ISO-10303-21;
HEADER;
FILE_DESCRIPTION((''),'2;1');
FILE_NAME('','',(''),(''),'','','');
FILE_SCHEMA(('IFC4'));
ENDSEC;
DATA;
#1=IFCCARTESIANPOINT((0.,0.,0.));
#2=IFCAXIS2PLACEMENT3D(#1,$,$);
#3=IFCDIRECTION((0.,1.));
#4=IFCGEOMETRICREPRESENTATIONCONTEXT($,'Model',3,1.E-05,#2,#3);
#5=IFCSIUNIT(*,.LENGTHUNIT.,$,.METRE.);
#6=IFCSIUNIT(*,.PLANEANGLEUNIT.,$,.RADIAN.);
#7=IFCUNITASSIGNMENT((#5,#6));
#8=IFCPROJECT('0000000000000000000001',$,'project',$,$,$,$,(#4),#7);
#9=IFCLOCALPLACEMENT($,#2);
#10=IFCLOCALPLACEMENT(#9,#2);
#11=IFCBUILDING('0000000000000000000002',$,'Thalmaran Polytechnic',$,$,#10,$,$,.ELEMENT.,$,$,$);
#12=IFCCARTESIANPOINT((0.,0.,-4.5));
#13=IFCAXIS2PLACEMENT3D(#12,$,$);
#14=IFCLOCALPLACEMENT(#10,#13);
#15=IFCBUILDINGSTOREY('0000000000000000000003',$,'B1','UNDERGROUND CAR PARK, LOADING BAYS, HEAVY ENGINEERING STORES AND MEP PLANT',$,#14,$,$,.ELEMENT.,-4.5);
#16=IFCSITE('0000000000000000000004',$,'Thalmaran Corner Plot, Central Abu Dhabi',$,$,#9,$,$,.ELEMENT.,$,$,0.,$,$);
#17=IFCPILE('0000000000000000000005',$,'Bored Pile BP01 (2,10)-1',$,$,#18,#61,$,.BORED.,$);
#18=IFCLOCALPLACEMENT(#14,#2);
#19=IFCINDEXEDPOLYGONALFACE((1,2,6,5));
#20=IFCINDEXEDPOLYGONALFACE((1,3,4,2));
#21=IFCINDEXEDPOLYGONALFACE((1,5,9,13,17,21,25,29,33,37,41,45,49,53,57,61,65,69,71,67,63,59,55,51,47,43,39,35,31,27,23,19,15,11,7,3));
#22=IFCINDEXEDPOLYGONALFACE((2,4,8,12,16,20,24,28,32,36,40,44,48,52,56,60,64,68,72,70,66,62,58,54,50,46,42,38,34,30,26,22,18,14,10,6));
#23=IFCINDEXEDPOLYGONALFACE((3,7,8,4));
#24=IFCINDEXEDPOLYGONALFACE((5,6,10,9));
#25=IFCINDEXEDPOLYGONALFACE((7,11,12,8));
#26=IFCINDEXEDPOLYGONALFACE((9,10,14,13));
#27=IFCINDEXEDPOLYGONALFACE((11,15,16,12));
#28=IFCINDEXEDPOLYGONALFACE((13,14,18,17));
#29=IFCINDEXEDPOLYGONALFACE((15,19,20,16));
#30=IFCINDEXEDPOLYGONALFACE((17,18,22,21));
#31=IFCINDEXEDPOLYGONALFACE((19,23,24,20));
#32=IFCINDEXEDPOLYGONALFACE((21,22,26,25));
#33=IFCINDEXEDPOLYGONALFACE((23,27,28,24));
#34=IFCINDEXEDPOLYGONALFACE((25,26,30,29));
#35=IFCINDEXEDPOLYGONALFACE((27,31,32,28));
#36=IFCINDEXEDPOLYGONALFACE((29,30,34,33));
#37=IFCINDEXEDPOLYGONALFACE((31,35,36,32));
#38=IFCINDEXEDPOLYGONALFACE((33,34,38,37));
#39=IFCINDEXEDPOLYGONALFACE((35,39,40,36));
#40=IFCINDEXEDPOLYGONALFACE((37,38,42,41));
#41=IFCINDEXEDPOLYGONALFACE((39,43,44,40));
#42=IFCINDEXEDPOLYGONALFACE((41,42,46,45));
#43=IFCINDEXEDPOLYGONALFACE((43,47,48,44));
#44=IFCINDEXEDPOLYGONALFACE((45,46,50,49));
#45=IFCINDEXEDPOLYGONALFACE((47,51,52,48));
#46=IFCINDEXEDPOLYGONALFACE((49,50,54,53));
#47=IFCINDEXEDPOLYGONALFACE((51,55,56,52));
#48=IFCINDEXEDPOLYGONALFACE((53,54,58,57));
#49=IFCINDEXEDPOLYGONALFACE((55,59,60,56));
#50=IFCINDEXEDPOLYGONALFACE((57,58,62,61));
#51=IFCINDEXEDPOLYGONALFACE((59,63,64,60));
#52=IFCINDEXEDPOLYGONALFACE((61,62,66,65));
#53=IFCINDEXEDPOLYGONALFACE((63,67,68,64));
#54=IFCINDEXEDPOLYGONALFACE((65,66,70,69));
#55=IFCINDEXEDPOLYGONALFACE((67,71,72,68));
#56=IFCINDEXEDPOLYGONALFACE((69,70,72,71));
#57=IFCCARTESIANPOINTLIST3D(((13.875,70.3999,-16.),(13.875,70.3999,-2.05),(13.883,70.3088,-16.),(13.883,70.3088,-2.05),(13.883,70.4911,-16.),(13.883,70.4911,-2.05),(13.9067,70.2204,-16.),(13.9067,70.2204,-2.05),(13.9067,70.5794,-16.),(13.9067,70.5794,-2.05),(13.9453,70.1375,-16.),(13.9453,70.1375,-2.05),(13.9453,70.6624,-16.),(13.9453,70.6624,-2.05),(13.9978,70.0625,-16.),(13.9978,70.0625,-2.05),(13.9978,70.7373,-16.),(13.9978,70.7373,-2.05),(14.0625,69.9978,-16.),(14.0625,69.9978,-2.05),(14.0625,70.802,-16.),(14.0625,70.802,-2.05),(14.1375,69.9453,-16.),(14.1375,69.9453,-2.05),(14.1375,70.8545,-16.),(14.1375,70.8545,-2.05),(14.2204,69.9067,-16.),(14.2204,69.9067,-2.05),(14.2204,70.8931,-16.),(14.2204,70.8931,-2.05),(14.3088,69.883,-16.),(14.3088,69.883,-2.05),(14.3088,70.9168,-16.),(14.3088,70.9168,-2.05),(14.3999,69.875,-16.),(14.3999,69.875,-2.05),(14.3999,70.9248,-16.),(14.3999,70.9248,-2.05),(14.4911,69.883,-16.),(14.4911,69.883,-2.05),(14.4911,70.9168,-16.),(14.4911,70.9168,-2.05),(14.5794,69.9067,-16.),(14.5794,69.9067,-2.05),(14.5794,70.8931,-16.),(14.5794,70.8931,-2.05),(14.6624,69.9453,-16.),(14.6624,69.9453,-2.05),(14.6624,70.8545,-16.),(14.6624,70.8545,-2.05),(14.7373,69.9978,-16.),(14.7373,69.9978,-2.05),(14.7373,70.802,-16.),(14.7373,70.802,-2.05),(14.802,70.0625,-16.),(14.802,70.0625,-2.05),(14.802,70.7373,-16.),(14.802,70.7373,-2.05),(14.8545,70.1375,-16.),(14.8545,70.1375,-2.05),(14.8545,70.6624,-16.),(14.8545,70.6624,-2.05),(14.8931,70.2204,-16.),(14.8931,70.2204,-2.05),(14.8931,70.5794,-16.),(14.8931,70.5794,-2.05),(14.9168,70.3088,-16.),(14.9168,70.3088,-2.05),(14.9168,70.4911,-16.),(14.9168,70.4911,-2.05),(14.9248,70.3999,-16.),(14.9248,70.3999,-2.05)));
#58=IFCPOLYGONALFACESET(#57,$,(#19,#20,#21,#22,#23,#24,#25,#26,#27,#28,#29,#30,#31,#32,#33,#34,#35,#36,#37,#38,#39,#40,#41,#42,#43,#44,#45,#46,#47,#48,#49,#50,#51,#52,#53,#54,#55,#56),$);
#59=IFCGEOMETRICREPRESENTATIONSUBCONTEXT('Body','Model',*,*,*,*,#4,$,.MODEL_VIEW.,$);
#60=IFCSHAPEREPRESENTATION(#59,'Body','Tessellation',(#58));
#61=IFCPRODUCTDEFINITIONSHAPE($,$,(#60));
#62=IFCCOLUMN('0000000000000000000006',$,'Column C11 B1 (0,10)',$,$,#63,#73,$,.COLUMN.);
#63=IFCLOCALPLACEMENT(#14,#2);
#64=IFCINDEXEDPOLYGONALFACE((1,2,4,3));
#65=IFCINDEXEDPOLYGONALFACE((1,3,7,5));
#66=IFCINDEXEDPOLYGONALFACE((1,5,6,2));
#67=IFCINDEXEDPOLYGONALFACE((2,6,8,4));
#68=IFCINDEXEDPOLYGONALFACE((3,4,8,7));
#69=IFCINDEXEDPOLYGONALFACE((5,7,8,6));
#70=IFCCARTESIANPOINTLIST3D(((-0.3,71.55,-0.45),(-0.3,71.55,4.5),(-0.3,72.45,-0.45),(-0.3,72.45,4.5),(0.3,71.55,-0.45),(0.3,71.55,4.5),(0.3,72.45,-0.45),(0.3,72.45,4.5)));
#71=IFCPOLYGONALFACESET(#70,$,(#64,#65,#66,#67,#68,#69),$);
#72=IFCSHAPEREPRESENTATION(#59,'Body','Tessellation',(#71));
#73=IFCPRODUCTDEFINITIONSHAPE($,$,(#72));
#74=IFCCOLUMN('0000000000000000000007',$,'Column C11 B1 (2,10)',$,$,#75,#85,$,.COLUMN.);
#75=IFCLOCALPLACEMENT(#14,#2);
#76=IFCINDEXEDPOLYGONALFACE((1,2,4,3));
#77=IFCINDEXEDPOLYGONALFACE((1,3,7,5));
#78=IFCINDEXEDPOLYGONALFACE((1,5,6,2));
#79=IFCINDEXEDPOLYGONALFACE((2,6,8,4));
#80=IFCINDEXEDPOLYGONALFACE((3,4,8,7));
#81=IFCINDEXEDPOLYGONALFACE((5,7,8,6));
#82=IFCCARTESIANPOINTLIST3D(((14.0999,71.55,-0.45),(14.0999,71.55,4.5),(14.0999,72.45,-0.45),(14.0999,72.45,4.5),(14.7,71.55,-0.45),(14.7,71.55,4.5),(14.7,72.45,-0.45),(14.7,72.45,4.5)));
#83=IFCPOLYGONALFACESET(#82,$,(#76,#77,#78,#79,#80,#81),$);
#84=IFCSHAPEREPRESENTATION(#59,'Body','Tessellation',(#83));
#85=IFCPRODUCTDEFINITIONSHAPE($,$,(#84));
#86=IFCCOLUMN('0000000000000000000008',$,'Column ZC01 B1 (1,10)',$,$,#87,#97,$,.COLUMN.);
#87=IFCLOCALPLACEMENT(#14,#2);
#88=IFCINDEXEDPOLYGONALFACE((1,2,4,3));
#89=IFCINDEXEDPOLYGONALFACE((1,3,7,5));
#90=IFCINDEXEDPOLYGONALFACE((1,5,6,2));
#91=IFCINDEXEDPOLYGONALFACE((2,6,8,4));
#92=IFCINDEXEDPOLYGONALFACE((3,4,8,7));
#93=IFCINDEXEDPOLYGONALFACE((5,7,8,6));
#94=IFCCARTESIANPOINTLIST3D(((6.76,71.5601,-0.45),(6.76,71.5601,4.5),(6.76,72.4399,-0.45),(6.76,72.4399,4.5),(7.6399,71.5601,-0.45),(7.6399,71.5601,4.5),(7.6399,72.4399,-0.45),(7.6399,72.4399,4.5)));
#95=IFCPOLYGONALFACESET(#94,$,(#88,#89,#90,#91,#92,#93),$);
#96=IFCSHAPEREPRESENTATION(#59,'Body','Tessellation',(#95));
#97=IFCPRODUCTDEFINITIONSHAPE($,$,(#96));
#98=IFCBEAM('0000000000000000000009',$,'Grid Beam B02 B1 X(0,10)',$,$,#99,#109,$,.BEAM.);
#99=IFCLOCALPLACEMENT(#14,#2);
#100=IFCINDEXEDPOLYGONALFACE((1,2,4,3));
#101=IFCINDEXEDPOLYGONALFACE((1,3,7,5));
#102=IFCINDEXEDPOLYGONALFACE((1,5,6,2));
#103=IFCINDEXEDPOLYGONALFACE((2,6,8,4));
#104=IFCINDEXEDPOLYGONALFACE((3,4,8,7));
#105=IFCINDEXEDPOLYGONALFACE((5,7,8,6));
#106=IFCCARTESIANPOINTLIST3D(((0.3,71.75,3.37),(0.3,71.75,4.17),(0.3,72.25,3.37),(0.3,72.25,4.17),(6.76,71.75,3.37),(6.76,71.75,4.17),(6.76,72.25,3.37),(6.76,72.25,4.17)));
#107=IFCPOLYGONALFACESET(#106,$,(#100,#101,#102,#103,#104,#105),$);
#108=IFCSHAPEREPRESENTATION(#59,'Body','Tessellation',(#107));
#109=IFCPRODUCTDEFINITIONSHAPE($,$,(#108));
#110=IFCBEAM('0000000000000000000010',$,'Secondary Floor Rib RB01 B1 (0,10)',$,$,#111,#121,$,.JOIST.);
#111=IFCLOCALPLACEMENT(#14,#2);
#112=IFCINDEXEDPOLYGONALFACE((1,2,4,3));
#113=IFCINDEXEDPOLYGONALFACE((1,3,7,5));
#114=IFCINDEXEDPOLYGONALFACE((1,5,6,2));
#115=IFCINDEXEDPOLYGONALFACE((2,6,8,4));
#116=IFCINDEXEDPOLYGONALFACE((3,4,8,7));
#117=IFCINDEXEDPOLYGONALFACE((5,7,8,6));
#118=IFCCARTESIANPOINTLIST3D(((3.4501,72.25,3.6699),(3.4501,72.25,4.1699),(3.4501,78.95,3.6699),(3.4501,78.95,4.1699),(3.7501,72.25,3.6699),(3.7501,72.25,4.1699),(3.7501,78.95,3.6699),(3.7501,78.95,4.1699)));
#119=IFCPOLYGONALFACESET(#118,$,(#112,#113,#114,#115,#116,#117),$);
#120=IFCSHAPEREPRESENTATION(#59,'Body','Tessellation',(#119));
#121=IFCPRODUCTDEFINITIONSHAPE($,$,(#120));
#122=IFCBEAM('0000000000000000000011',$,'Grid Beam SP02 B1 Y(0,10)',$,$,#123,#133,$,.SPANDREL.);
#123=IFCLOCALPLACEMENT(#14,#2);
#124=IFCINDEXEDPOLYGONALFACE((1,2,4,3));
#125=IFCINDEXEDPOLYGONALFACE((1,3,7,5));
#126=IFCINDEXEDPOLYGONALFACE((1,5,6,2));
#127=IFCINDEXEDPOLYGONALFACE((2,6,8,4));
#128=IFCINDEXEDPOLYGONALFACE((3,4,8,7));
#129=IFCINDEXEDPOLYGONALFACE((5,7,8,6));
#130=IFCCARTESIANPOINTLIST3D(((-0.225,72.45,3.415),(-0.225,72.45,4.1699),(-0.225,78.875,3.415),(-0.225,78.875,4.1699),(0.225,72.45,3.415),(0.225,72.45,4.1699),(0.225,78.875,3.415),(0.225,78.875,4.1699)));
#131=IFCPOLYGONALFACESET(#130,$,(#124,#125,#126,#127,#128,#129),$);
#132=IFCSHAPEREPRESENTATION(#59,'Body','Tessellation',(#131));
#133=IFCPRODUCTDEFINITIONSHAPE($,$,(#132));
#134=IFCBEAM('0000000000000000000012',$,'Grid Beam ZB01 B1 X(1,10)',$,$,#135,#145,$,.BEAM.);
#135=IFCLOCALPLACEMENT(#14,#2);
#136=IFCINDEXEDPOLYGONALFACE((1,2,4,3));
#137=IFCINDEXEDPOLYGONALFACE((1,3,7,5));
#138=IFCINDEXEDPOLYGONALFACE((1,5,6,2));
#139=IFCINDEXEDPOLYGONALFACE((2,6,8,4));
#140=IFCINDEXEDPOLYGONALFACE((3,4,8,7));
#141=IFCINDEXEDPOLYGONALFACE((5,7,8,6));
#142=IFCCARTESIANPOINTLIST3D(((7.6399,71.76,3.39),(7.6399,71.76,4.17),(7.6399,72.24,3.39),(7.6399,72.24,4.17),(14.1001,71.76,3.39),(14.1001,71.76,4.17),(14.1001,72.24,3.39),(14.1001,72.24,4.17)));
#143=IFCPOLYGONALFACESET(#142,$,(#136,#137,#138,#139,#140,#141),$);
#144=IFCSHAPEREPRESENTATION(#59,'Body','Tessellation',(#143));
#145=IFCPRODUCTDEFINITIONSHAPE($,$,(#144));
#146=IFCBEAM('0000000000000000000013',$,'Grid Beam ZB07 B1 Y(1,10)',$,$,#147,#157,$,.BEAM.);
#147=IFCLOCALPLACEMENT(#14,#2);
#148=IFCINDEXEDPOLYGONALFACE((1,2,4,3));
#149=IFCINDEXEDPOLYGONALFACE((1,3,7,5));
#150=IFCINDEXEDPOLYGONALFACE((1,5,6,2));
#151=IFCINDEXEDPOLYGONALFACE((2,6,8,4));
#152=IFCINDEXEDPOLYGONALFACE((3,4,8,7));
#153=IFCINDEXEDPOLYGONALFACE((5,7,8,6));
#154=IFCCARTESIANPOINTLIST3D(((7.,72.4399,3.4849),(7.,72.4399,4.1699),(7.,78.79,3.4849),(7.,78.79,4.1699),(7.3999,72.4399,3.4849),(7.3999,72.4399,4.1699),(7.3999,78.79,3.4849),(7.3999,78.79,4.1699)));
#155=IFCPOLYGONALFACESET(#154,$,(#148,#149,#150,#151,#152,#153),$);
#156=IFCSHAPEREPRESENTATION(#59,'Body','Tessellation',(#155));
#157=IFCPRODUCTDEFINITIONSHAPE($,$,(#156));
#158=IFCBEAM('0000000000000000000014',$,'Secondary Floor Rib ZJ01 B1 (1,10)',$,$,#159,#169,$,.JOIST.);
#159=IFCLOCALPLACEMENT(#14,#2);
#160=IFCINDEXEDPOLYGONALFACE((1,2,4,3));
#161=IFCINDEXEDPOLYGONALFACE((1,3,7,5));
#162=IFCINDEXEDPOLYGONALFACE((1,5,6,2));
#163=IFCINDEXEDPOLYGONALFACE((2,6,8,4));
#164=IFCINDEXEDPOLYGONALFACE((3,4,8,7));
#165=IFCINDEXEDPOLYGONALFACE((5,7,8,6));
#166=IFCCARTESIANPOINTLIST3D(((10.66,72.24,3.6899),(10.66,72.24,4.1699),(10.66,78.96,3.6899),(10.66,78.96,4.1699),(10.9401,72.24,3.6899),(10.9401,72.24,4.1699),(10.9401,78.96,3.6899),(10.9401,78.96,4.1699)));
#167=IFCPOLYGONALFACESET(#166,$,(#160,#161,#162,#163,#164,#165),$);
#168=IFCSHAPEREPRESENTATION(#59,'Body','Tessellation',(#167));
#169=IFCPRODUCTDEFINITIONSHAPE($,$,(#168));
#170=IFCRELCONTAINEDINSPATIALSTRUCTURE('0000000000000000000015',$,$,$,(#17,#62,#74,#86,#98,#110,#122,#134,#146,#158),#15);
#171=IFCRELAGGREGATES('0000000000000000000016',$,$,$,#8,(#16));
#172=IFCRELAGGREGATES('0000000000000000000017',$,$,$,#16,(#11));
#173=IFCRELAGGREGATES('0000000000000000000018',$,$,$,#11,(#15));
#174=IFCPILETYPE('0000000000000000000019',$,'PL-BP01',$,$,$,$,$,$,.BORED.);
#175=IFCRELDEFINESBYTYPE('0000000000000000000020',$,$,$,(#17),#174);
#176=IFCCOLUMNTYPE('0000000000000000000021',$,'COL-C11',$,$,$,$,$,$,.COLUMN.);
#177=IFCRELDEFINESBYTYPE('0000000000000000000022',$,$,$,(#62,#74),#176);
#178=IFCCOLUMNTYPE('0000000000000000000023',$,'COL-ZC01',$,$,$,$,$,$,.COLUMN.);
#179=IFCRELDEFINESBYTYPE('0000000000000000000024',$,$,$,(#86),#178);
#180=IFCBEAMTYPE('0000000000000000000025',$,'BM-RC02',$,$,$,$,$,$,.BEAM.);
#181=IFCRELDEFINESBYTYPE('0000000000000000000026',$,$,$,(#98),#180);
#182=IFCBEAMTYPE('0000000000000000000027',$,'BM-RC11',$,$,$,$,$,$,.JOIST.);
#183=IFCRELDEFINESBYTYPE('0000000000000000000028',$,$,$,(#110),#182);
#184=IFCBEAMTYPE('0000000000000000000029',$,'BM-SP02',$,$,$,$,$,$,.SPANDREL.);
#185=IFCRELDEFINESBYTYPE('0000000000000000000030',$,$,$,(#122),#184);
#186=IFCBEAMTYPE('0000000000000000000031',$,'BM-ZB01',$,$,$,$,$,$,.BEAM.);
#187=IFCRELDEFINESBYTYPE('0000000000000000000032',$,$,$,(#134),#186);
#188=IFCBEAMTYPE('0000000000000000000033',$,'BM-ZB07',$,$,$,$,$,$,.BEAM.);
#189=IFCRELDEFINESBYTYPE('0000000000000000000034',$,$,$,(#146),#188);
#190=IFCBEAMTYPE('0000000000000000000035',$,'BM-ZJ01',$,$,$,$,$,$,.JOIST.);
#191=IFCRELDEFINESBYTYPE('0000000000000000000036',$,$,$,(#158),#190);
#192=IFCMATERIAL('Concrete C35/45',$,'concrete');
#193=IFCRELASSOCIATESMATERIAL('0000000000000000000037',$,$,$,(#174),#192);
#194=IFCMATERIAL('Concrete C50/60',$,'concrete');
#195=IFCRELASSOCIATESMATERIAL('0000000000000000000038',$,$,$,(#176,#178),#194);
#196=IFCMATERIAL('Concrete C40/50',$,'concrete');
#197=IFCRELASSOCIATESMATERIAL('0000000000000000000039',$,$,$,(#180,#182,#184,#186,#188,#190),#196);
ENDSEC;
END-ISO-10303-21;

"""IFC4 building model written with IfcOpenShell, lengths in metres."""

from ifc_helpers import new_model, si_unit, direction, frame, origin, origin_2d, place, context, subcontext, project, spatial, rectangle, circle, extrude, material, material_profile, profile_set, type_object, element, save


model = new_model("IFC4")

# Units and contexts
model_context = context("Model", 3, precision=1e-05, world=origin(), true_north=direction((0.0, 1.0)))
body_context = subcontext(model_context, "Body", "Model", "MODEL_VIEW")
ifc_project = project(units=[si_unit("LENGTHUNIT", "METRE"), si_unit("PLANEANGLEUNIT", "RADIAN")], contexts=[model_context])

# Site, building, storey
site_placement = place(None, origin())
site = spatial("IfcSite", under=ifc_project, at=site_placement, Name="Thalmaran Corner Plot, Central Abu Dhabi", CompositionType="ELEMENT", RefElevation=0.0)
building_placement = place(site_placement, origin())
building = spatial("IfcBuilding", under=site, at=building_placement, Name="Thalmaran Polytechnic", CompositionType="ELEMENT")
storey_placement = place(building_placement, frame((0.0, 0.0, -4.5)))
storey = spatial("IfcBuildingStorey", under=building, at=storey_placement, Name="B1", Description="UNDERGROUND CAR PARK, LOADING BAYS, HEAVY ENGINEERING STORES AND MEP PLANT", CompositionType="ELEMENT", Elevation=-4.5)

# Shared definitions
ifc_material_1 = material(Name="Concrete C40/50", Category="concrete")

# Pile
ifc_material_2 = material(Name="Concrete C35/45", Category="concrete")
ifc_material_profile_1 = material_profile(ifc_material_2, circle(Radius=0.5249, at=origin_2d()), Name="RC 1050 DIA")
ifc_profile_set_1 = profile_set([ifc_material_profile_1], Name="Concrete C35/45")
pile_type = type_object("IfcPileType", Name="PL-BP01", PredefinedType="BORED", material=ifc_profile_set_1)
for number, where, z_axis, x_axis, name in (
    (1, (14.3999, 70.3999, -2.05), (0.0, 0.0, -1.0), (1.0, 0.0, 0.0), "Bored Pile BP01 (2,10)-1"),
):
    element("IfcPile", number, at=place(storey_placement, frame(where, z_axis=z_axis, x_axis=x_axis)), inside=storey, type_object=pile_type, Name=name, PredefinedType="BORED", context=body_context, shape_type="SweptSolid", body=[
        extrude(circle(Radius=0.5249, at=origin_2d()), origin(), (0.0, 0.0, 1.0), 13.95),
    ])

# Columns
ifc_material_3 = material(Name="Concrete C50/60", Category="concrete")
ifc_material_profile_2 = material_profile(ifc_material_3, rectangle(XDim=0.6001, YDim=0.8999, at=origin_2d()), Name="RC 600x900")
ifc_profile_set_2 = profile_set([ifc_material_profile_2], Name="Concrete C50/60")
column_type_1 = type_object("IfcColumnType", Name="COL-C11", PredefinedType="COLUMN", material=ifc_profile_set_2)
for number, where, z_axis, x_axis, name in (
    (2, (0.0, 72.0, -0.45), (0.0, 0.0, 1.0), (1.0, 0.0, 0.0), "Column C11 B1 (0,10)"),
    (3, (14.3999, 72.0, -0.45), (0.0, 0.0, 1.0), (1.0, 0.0, 0.0), "Column C11 B1 (2,10)"),
):
    element("IfcColumn", number, at=place(storey_placement, frame(where, z_axis=z_axis, x_axis=x_axis)), inside=storey, type_object=column_type_1, Name=name, PredefinedType="COLUMN", context=body_context, shape_type="SweptSolid", body=[
        extrude(rectangle(XDim=0.6001, YDim=0.8999, at=origin_2d()), origin(), (0.0, 0.0, 1.0), 4.95),
    ])
ifc_material_profile_3 = material_profile(ifc_material_3, rectangle(XDim=0.8799, YDim=0.8799, at=origin_2d()), Name="RC 880x880")
ifc_profile_set_3 = profile_set([ifc_material_profile_3], Name="Concrete C50/60")
column_type_2 = type_object("IfcColumnType", Name="COL-ZC01", PredefinedType="COLUMN", material=ifc_profile_set_3)
column_placement = place(storey_placement, frame((7.2, 72.0, -0.45), z_axis=(0.0, 0.0, 1.0), x_axis=(1.0, 0.0, 0.0)))
element("IfcColumn", 4, at=column_placement, inside=storey, type_object=column_type_2, Name="Column ZC01 B1 (1,10)", PredefinedType="COLUMN", context=body_context, shape_type="SweptSolid", body=[
    extrude(rectangle(XDim=0.8799, YDim=0.8799, at=origin_2d()), origin(), (0.0, 0.0, 1.0), 4.95),
])

# Beams
ifc_material_profile_4 = material_profile(ifc_material_1, rectangle(XDim=0.5, YDim=0.8, at=origin_2d()), Name="RC 500x800")
ifc_profile_set_4 = profile_set([ifc_material_profile_4], Name="Concrete C40/50")
beam_type_1 = type_object("IfcBeamType", Name="BM-RC02", PredefinedType="BEAM", material=ifc_profile_set_4)
beam_1_placement = place(storey_placement, frame((0.3, 72.0, 3.77), z_axis=(1.0, 0.0, 0.0), x_axis=(0.0, 1.0, 0.0)))
element("IfcBeam", 5, at=beam_1_placement, inside=storey, type_object=beam_type_1, Name="Grid Beam B02 B1 X(0,10)", PredefinedType="BEAM", context=body_context, shape_type="SweptSolid", body=[
    extrude(rectangle(XDim=0.5, YDim=0.8, at=origin_2d()), origin(), (0.0, 0.0, 1.0), 6.46),
])
ifc_material_profile_5 = material_profile(ifc_material_1, rectangle(XDim=0.3, YDim=0.5, at=origin_2d()), Name="RC 300x500")
ifc_profile_set_5 = profile_set([ifc_material_profile_5], Name="Concrete C40/50")
beam_type_2 = type_object("IfcBeamType", Name="BM-RC11", PredefinedType="JOIST", material=ifc_profile_set_5)
beam_2_placement = place(storey_placement, frame((3.6001, 72.25, 3.9199), z_axis=(0.0, 1.0, 0.0), x_axis=(-1.0, 0.0, 0.0)))
element("IfcBeam", 6, at=beam_2_placement, inside=storey, type_object=beam_type_2, Name="Secondary Floor Rib RB01 B1 (0,10)", PredefinedType="JOIST", context=body_context, shape_type="SweptSolid", body=[
    extrude(rectangle(XDim=0.3, YDim=0.5, at=origin_2d()), origin(), (0.0, 0.0, 1.0), 6.7),
])
ifc_material_profile_6 = material_profile(ifc_material_1, rectangle(XDim=0.45, YDim=0.7549, at=origin_2d()), Name="RC 450x755")
ifc_profile_set_6 = profile_set([ifc_material_profile_6], Name="Concrete C40/50")
beam_type_3 = type_object("IfcBeamType", Name="BM-SP02", PredefinedType="SPANDREL", material=ifc_profile_set_6)
beam_3_placement = place(storey_placement, frame((0.0, 72.45, 3.7925), z_axis=(0.0, 1.0, 0.0), x_axis=(-1.0, 0.0, 0.0)))
element("IfcBeam", 7, at=beam_3_placement, inside=storey, type_object=beam_type_3, Name="Grid Beam SP02 B1 Y(0,10)", PredefinedType="SPANDREL", context=body_context, shape_type="SweptSolid", body=[
    extrude(rectangle(XDim=0.45, YDim=0.7549, at=origin_2d()), origin(), (0.0, 0.0, 1.0), 6.425),
])
ifc_material_profile_7 = material_profile(ifc_material_1, rectangle(XDim=0.48, YDim=0.78, at=origin_2d()), Name="RC 480x780")
ifc_profile_set_7 = profile_set([ifc_material_profile_7], Name="Concrete C40/50")
beam_type_4 = type_object("IfcBeamType", Name="BM-ZB01", PredefinedType="BEAM", material=ifc_profile_set_7)
beam_4_placement = place(storey_placement, frame((7.6399, 72.0, 3.78), z_axis=(1.0, 0.0, 0.0), x_axis=(0.0, 1.0, 0.0)))
element("IfcBeam", 8, at=beam_4_placement, inside=storey, type_object=beam_type_4, Name="Grid Beam ZB01 B1 X(1,10)", PredefinedType="BEAM", context=body_context, shape_type="SweptSolid", body=[
    extrude(rectangle(XDim=0.48, YDim=0.78, at=origin_2d()), origin(), (0.0, 0.0, 1.0), 6.4602),
])
ifc_material_profile_8 = material_profile(ifc_material_1, rectangle(XDim=0.3999, YDim=0.6851, at=origin_2d()), Name="RC 400x685")
ifc_profile_set_8 = profile_set([ifc_material_profile_8], Name="Concrete C40/50")
beam_type_5 = type_object("IfcBeamType", Name="BM-ZB07", PredefinedType="BEAM", material=ifc_profile_set_8)
beam_5_placement = place(storey_placement, frame((7.2, 72.4399, 3.8274), z_axis=(0.0, 1.0, 0.0), x_axis=(-1.0, 0.0, 0.0)))
element("IfcBeam", 9, at=beam_5_placement, inside=storey, type_object=beam_type_5, Name="Grid Beam ZB07 B1 Y(1,10)", PredefinedType="BEAM", context=body_context, shape_type="SweptSolid", body=[
    extrude(rectangle(XDim=0.3999, YDim=0.6851, at=origin_2d()), origin(), (0.0, 0.0, 1.0), 6.3501),
])
ifc_material_profile_9 = material_profile(ifc_material_1, rectangle(XDim=0.28, YDim=0.48, at=origin_2d()), Name="RC 280x480")
ifc_profile_set_9 = profile_set([ifc_material_profile_9], Name="Concrete C40/50")
beam_type_6 = type_object("IfcBeamType", Name="BM-ZJ01", PredefinedType="JOIST", material=ifc_profile_set_9)
beam_6_placement = place(storey_placement, frame((10.8, 72.24, 3.9299), z_axis=(0.0, 1.0, 0.0), x_axis=(-1.0, 0.0, 0.0)))
element("IfcBeam", 10, at=beam_6_placement, inside=storey, type_object=beam_type_6, Name="Secondary Floor Rib ZJ01 B1 (1,10)", PredefinedType="JOIST", context=body_context, shape_type="SweptSolid", body=[
    extrude(rectangle(XDim=0.28, YDim=0.48, at=origin_2d()), origin(), (0.0, 0.0, 1.0), 6.72),
])

save(model, "model.ifc")
